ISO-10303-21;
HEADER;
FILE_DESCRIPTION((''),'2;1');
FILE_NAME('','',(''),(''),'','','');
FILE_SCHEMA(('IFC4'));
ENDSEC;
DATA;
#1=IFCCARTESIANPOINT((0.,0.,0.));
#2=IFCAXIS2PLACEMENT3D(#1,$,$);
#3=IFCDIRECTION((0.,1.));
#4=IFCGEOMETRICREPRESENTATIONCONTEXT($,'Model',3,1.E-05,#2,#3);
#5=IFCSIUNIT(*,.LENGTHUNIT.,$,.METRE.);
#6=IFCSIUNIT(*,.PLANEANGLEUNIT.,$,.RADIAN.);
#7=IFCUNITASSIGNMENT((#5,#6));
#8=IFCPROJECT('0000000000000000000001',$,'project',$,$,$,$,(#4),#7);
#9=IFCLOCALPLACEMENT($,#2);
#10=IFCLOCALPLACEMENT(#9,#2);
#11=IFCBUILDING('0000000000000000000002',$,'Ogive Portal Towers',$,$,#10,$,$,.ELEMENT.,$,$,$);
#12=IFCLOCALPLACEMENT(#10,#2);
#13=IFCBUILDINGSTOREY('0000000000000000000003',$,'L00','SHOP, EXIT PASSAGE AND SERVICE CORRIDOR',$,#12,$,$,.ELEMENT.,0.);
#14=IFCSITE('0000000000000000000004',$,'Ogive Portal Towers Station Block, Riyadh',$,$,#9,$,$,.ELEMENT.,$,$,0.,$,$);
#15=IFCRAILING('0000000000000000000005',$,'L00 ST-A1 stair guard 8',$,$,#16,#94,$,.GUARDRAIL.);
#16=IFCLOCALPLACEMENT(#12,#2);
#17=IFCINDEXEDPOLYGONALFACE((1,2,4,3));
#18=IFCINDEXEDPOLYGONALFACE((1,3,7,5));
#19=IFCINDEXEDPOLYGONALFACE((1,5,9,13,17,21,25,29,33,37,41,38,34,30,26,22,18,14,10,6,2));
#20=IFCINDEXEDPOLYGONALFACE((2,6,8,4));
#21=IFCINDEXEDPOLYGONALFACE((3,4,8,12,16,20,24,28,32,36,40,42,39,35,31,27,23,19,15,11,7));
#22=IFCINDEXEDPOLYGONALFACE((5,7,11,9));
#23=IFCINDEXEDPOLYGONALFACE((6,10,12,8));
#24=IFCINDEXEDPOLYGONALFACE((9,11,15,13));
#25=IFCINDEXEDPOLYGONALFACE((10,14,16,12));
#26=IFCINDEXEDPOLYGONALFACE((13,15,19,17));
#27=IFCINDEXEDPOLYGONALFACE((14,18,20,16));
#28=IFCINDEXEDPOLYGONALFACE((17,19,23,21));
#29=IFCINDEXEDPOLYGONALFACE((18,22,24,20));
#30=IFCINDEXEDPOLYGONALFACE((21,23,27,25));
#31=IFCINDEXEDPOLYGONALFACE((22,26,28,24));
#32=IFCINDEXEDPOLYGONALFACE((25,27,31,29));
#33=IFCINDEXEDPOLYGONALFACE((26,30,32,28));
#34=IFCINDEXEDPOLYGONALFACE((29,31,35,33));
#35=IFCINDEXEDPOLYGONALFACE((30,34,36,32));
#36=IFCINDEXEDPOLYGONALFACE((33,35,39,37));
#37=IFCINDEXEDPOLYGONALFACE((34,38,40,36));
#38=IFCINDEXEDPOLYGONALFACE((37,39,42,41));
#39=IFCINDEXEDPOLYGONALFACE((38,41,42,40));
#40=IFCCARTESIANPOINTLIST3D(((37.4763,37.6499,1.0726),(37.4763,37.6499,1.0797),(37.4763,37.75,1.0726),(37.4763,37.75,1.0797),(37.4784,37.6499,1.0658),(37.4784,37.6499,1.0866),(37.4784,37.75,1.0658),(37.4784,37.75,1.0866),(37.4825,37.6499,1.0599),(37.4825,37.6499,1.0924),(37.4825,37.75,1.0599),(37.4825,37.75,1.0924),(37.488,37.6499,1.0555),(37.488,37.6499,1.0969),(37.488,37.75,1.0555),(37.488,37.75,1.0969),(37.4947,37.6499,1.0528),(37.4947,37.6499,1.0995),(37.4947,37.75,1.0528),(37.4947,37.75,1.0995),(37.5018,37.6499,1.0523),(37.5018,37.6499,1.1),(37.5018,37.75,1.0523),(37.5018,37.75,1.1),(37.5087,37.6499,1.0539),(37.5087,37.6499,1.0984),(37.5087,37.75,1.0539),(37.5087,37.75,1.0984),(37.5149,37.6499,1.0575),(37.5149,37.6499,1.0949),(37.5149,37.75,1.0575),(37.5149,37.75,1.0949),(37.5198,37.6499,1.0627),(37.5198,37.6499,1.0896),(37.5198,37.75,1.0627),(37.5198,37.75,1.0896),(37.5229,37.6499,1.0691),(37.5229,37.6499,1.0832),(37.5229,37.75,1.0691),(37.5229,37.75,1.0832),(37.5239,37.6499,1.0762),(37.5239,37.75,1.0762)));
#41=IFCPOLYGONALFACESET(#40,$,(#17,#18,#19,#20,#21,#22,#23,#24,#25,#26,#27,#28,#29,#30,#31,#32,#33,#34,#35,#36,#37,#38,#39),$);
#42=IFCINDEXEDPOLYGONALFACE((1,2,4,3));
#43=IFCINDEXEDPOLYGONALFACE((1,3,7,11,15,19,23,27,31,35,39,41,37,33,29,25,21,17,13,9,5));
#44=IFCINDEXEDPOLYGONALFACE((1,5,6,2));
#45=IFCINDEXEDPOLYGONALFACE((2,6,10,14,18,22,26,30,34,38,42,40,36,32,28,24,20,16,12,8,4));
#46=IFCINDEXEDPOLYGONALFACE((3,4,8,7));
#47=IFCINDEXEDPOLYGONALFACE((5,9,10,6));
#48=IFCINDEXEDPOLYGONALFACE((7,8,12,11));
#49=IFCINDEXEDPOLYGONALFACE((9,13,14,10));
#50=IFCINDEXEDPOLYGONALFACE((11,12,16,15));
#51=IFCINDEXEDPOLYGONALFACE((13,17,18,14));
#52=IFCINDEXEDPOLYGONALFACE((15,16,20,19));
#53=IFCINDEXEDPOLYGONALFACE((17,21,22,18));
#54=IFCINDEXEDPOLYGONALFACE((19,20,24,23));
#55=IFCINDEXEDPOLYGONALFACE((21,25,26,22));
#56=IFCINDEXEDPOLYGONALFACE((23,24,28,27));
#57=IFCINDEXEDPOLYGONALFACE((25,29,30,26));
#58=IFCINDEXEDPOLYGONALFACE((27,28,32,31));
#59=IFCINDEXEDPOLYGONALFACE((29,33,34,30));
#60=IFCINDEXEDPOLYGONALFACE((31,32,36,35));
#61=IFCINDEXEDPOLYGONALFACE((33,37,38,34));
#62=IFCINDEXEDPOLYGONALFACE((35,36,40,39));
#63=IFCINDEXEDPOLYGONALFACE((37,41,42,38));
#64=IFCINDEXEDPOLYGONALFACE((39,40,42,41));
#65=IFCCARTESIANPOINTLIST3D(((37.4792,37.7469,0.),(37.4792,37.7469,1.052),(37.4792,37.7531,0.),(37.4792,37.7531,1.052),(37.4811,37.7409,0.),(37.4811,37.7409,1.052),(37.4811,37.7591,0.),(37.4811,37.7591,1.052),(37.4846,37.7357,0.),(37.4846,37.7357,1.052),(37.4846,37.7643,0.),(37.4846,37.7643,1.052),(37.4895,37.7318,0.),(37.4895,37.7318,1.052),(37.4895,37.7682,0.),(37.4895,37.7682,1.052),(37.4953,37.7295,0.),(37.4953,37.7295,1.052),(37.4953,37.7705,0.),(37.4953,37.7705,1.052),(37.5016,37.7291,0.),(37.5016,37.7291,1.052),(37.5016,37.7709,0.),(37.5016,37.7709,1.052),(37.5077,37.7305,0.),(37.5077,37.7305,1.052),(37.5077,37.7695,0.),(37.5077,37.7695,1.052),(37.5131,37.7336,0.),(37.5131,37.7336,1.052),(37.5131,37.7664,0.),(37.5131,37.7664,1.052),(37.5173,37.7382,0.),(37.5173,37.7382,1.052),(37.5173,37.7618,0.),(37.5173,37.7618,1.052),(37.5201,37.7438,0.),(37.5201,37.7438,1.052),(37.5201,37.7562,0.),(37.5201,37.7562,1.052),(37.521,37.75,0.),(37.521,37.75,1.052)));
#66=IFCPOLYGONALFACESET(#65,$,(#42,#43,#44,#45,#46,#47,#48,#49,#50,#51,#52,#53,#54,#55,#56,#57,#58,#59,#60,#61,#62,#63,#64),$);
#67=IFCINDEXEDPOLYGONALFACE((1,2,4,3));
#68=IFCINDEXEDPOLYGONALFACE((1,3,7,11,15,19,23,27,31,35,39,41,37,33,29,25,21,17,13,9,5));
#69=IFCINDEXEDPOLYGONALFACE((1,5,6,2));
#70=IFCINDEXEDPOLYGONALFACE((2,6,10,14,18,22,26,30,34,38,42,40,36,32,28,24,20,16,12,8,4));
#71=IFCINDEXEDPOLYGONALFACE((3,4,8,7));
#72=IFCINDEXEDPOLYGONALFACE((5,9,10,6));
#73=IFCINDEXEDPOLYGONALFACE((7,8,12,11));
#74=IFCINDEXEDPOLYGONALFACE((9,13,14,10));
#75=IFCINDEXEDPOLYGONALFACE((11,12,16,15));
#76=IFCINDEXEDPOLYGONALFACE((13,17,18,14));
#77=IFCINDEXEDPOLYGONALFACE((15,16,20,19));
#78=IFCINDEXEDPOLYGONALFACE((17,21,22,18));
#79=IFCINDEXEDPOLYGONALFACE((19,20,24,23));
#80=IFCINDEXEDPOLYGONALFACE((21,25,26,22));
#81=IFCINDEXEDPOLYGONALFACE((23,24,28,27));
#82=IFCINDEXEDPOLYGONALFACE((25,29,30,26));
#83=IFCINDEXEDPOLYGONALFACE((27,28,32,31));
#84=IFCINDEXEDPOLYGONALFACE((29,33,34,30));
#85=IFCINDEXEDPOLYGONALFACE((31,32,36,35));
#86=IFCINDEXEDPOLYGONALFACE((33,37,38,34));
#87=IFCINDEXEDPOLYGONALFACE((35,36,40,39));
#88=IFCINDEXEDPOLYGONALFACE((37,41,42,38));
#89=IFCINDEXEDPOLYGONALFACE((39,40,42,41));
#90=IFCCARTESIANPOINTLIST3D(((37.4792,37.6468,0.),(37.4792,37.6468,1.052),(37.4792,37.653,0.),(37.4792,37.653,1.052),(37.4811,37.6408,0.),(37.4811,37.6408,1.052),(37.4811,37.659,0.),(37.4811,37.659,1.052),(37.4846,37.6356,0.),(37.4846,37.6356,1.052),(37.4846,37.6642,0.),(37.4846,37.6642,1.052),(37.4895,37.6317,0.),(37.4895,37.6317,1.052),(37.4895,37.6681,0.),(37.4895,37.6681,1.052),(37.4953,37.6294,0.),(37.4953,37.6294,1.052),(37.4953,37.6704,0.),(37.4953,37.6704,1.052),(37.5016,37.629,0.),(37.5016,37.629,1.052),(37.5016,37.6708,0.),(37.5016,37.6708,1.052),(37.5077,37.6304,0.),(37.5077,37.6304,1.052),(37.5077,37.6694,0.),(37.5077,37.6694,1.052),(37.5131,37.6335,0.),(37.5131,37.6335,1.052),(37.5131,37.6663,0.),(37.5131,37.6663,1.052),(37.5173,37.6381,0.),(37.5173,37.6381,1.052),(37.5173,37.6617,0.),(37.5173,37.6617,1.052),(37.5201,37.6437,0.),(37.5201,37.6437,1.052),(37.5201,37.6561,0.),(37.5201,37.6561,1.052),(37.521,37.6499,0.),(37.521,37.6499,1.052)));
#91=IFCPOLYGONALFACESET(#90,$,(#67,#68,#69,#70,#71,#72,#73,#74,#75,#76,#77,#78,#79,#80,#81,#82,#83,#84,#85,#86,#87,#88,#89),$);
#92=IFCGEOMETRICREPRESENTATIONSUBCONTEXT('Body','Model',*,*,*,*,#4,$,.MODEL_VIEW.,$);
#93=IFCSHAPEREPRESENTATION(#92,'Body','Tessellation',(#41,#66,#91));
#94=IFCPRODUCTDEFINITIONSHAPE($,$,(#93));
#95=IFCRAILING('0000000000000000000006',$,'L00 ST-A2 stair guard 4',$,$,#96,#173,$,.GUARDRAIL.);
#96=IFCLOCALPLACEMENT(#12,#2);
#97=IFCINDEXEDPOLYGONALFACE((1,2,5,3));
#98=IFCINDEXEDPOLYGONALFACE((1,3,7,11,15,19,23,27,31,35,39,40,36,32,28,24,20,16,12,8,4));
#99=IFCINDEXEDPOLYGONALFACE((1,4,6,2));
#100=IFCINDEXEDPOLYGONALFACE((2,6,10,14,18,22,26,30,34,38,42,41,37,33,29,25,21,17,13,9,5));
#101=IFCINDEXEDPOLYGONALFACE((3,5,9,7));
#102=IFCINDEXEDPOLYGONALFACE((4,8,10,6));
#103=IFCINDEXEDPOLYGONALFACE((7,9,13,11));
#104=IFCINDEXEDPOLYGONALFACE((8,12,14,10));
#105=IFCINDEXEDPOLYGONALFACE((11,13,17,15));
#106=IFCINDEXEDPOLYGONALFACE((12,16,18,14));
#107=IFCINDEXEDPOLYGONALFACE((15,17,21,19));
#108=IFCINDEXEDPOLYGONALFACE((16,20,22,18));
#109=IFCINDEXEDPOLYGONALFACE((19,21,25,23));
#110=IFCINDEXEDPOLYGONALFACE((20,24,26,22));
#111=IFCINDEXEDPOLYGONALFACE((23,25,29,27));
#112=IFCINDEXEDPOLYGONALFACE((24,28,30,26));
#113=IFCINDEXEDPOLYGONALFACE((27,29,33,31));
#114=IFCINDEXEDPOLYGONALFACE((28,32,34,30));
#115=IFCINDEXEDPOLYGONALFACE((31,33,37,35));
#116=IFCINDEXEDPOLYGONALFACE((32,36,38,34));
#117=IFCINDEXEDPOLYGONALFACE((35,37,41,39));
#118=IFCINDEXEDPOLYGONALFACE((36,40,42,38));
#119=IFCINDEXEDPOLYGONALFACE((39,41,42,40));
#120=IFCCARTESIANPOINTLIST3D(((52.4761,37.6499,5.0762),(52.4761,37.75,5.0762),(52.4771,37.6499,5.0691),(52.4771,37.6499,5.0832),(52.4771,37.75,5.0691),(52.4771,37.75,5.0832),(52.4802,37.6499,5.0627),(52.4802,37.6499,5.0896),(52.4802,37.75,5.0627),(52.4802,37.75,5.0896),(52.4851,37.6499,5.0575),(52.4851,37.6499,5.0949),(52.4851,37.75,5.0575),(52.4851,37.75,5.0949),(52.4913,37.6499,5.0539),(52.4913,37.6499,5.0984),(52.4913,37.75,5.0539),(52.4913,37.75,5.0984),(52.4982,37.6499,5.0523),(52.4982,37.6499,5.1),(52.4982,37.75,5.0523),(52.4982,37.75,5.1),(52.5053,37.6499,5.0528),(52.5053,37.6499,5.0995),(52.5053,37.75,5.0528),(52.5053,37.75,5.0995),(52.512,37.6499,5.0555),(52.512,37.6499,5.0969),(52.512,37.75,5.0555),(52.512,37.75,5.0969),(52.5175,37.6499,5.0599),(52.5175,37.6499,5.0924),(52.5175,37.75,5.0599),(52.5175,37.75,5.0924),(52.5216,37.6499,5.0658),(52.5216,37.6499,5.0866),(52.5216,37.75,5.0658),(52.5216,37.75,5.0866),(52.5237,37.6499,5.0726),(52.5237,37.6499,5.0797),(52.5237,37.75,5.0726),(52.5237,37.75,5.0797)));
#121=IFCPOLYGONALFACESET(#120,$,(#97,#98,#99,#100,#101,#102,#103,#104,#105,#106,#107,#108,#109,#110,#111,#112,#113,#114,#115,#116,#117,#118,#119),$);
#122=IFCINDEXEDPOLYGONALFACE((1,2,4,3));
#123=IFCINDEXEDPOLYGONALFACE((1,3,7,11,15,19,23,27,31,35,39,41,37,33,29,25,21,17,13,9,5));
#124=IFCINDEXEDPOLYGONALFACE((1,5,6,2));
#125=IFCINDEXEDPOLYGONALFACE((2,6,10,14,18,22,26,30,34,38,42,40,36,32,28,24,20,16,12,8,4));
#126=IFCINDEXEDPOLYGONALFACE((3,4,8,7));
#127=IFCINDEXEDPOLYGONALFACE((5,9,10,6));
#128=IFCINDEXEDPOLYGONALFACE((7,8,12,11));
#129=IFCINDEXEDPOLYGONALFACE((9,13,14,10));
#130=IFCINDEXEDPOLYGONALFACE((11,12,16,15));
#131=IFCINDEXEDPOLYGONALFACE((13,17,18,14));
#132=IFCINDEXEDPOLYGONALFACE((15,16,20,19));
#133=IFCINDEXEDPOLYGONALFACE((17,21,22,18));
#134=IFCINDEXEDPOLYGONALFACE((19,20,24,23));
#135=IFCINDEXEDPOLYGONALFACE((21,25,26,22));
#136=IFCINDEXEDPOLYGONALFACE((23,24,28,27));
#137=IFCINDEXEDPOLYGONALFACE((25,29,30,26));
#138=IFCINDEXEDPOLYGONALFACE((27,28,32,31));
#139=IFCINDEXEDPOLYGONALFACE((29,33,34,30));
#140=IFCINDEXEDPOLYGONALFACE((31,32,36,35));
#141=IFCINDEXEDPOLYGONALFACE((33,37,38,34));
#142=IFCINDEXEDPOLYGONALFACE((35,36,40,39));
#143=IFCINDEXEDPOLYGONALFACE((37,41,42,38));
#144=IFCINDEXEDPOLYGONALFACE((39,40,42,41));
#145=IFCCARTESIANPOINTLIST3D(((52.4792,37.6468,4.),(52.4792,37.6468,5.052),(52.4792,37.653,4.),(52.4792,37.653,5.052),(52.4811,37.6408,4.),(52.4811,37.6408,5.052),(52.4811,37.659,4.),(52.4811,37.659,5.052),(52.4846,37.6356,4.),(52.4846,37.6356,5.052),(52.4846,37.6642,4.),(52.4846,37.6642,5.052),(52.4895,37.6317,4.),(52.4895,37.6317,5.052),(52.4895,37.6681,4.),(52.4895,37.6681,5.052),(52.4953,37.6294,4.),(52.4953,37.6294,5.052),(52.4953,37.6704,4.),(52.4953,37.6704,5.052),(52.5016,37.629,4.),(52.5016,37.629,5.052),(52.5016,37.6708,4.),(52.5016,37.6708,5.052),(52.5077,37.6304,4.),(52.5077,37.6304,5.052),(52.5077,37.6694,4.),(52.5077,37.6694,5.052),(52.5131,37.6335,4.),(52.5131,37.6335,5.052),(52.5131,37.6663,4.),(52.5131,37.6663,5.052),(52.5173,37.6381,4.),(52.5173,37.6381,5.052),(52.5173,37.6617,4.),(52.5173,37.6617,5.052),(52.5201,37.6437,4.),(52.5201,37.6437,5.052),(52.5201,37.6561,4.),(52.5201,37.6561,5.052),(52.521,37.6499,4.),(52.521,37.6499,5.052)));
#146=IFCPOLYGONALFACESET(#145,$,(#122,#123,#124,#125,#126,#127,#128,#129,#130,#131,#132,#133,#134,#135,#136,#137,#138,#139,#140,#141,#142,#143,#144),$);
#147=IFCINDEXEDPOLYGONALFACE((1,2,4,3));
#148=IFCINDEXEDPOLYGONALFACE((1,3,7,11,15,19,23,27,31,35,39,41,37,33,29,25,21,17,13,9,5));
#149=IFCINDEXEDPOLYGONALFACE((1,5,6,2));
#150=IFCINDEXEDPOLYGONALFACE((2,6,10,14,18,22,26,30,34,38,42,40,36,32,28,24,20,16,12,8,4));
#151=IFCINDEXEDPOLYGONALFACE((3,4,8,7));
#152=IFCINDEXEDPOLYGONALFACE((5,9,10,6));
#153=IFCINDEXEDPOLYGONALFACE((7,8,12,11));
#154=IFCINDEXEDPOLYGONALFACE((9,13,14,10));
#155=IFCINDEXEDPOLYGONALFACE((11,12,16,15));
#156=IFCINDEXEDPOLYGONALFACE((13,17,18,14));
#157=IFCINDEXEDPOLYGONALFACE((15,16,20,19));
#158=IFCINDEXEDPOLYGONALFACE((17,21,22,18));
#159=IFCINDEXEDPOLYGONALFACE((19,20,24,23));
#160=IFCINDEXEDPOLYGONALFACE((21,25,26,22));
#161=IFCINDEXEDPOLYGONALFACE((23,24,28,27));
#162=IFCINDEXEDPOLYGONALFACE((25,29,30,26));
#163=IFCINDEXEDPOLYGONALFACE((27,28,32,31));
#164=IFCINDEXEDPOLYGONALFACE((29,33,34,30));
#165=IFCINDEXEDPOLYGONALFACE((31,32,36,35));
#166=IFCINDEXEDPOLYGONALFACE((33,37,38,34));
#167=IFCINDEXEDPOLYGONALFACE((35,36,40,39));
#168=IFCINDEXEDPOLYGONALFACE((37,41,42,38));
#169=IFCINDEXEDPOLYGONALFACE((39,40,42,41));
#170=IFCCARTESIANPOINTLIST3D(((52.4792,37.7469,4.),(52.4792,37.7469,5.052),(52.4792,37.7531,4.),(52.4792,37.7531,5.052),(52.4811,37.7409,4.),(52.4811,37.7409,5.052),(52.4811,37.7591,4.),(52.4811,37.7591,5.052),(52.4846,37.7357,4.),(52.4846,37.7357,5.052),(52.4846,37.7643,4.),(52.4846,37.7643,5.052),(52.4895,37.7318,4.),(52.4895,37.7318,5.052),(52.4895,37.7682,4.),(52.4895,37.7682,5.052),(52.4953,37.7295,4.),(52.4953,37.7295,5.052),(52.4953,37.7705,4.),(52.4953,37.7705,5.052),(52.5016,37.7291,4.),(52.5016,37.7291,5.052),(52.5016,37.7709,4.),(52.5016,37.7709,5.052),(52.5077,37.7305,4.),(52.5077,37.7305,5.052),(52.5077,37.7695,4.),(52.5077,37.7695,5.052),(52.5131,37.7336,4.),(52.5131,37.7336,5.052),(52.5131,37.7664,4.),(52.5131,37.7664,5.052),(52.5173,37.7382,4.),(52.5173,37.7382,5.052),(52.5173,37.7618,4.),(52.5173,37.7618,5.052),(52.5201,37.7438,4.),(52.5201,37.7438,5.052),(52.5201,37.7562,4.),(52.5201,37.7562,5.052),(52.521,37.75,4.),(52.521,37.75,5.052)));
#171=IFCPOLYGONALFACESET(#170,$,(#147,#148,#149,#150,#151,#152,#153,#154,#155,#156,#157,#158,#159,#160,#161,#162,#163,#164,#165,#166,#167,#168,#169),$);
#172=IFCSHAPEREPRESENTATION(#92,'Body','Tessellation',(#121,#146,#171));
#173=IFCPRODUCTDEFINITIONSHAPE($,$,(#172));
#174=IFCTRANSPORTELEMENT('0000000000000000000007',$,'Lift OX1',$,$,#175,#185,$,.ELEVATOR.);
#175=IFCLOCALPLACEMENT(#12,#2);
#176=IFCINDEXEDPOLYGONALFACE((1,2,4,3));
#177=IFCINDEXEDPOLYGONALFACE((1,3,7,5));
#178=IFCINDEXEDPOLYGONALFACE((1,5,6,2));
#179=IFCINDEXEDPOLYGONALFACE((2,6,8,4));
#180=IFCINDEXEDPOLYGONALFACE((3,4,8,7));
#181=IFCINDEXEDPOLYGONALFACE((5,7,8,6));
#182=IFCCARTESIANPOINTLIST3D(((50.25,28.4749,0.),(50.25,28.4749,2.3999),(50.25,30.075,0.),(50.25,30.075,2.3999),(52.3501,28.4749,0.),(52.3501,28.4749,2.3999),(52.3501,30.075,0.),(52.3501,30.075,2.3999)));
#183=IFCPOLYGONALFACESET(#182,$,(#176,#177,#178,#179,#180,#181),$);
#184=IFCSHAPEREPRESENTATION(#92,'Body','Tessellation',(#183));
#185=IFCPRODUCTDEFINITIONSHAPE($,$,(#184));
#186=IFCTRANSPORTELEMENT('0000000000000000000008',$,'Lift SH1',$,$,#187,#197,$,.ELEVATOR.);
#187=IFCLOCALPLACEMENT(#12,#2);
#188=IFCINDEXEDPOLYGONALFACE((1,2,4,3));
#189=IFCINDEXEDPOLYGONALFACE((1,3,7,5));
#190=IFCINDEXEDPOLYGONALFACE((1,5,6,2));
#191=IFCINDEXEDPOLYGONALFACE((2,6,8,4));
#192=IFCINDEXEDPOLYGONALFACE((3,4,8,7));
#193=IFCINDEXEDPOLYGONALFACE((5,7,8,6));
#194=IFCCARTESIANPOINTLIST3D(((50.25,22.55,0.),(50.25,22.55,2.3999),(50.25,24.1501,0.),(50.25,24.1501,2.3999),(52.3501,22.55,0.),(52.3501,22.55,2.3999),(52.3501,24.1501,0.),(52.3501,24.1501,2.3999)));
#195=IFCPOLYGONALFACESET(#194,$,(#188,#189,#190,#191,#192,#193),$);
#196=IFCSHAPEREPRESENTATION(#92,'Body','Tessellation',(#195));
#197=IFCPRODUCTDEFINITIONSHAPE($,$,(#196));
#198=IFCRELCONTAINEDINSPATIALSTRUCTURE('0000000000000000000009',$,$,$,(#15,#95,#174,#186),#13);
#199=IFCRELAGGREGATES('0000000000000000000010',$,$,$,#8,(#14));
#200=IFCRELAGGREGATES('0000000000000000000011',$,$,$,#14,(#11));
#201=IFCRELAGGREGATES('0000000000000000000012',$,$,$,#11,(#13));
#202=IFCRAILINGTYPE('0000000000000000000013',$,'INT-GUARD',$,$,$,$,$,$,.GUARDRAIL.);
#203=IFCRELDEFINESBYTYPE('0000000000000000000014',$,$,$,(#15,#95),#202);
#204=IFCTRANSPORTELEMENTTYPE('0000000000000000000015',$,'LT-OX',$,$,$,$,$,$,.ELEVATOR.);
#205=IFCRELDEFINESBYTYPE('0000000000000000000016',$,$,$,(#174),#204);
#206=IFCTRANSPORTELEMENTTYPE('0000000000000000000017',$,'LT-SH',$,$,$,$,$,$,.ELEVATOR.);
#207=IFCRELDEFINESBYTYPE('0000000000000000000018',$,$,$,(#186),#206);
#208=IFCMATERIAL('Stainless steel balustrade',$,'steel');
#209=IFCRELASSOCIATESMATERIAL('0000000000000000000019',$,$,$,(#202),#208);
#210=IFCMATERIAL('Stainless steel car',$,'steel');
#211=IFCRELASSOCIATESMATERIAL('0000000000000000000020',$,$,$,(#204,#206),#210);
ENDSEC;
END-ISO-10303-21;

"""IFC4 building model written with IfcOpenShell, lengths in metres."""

from ifc_helpers import new_model, si_unit, direction, frame, origin, origin_2d, place, context, subcontext, project, spatial, rectangle, circle, extrude, material, type_object, element, save


model = new_model("IFC4")

# Units and contexts
model_context = context("Model", 3, precision=1e-05, world=origin(), true_north=direction((0.0, 1.0)))
body_context = subcontext(model_context, "Body", "Model", "MODEL_VIEW")
ifc_project = project(units=[si_unit("LENGTHUNIT", "METRE"), si_unit("PLANEANGLEUNIT", "RADIAN")], contexts=[model_context])

# Site, building, storey
site_placement = place(None, origin())
site = spatial("IfcSite", under=ifc_project, at=site_placement, Name="Ogive Portal Towers Station Block, Riyadh", CompositionType="ELEMENT", RefElevation=0.0)
building_placement = place(site_placement, origin())
building = spatial("IfcBuilding", under=site, at=building_placement, Name="Ogive Portal Towers", CompositionType="ELEMENT")
storey_placement = place(building_placement, origin())
storey = spatial("IfcBuildingStorey", under=building, at=storey_placement, Name="L00", Description="SHOP, EXIT PASSAGE AND SERVICE CORRIDOR", CompositionType="ELEMENT", Elevation=0.0)

# Railings
ifc_material_1 = material(Name="Stainless steel balustrade", Category="steel")
railing_type = type_object("IfcRailingType", Name="INT-GUARD", PredefinedType="GUARDRAIL", material=ifc_material_1)
railing_1_placement = place(storey_placement, frame((37.5, 37.75, 0.0)))
element("IfcRailing", 1, at=railing_1_placement, inside=storey, type_object=railing_type, Name="L00 ST-A1 stair guard 8", PredefinedType="GUARDRAIL", context=body_context, shape_type="SweptSolid", body=[
    extrude(circle(Radius=0.0239, at=origin_2d()), frame((0.0, 0.0, 1.0762), z_axis=(0.0, -1.0, 0.0), x_axis=(1.0, 0.0, 0.0)), (0.0, 0.0, 1.0), 0.1001),
    extrude(circle(Radius=0.021, at=origin_2d()), origin(), (0.0, 0.0, 1.0), 1.052),
    extrude(circle(Radius=0.021, at=origin_2d()), frame((0.0, -0.1001, 0.0)), (0.0, 0.0, 1.0), 1.052),
])
railing_2_placement = place(storey_placement, frame((52.5, 37.6499, 4.0)))
element("IfcRailing", 2, at=railing_2_placement, inside=storey, type_object=railing_type, Name="L00 ST-A2 stair guard 4", PredefinedType="GUARDRAIL", context=body_context, shape_type="SweptSolid", body=[
    extrude(circle(Radius=0.0239, at=origin_2d()), frame((0.0, 0.0, 1.0762), z_axis=(0.0, 1.0, 0.0), x_axis=(-1.0, 0.0, 0.0)), (0.0, 0.0, 1.0), 0.1001),
    extrude(circle(Radius=0.021, at=origin_2d()), origin(), (0.0, 0.0, 1.0), 1.052),
    extrude(circle(Radius=0.021, at=origin_2d()), frame((0.0, 0.1001, 0.0)), (0.0, 0.0, 1.0), 1.052),
])

# Transport elements
ifc_material_2 = material(Name="Stainless steel car", Category="steel")
transport_element_type_1 = type_object("IfcTransportElementType", Name="LT-OX", PredefinedType="ELEVATOR", material=ifc_material_2)
transport_element_1_placement = place(storey_placement, frame((51.3, 29.2749, 0.0), z_axis=(0.0, 0.0, 1.0), x_axis=(1.0, 0.0, 0.0)))
element("IfcTransportElement", 3, at=transport_element_1_placement, inside=storey, type_object=transport_element_type_1, Name="Lift OX1", PredefinedType="ELEVATOR", context=body_context, shape_type="SweptSolid", body=[
    extrude(rectangle(XDim=2.1001, YDim=1.6001, at=origin_2d()), origin(), (0.0, 0.0, 1.0), 2.3999),
])
transport_element_type_2 = type_object("IfcTransportElementType", Name="LT-SH", PredefinedType="ELEVATOR", material=ifc_material_2)
transport_element_2_placement = place(storey_placement, frame((51.3, 23.3501, 0.0), z_axis=(0.0, 0.0, 1.0), x_axis=(1.0, 0.0, 0.0)))
element("IfcTransportElement", 4, at=transport_element_2_placement, inside=storey, type_object=transport_element_type_2, Name="Lift SH1", PredefinedType="ELEVATOR", context=body_context, shape_type="SweptSolid", body=[
    extrude(rectangle(XDim=2.1001, YDim=1.6001, at=origin_2d()), origin(), (0.0, 0.0, 1.0), 2.3999),
])

save(model, "model.ifc")
